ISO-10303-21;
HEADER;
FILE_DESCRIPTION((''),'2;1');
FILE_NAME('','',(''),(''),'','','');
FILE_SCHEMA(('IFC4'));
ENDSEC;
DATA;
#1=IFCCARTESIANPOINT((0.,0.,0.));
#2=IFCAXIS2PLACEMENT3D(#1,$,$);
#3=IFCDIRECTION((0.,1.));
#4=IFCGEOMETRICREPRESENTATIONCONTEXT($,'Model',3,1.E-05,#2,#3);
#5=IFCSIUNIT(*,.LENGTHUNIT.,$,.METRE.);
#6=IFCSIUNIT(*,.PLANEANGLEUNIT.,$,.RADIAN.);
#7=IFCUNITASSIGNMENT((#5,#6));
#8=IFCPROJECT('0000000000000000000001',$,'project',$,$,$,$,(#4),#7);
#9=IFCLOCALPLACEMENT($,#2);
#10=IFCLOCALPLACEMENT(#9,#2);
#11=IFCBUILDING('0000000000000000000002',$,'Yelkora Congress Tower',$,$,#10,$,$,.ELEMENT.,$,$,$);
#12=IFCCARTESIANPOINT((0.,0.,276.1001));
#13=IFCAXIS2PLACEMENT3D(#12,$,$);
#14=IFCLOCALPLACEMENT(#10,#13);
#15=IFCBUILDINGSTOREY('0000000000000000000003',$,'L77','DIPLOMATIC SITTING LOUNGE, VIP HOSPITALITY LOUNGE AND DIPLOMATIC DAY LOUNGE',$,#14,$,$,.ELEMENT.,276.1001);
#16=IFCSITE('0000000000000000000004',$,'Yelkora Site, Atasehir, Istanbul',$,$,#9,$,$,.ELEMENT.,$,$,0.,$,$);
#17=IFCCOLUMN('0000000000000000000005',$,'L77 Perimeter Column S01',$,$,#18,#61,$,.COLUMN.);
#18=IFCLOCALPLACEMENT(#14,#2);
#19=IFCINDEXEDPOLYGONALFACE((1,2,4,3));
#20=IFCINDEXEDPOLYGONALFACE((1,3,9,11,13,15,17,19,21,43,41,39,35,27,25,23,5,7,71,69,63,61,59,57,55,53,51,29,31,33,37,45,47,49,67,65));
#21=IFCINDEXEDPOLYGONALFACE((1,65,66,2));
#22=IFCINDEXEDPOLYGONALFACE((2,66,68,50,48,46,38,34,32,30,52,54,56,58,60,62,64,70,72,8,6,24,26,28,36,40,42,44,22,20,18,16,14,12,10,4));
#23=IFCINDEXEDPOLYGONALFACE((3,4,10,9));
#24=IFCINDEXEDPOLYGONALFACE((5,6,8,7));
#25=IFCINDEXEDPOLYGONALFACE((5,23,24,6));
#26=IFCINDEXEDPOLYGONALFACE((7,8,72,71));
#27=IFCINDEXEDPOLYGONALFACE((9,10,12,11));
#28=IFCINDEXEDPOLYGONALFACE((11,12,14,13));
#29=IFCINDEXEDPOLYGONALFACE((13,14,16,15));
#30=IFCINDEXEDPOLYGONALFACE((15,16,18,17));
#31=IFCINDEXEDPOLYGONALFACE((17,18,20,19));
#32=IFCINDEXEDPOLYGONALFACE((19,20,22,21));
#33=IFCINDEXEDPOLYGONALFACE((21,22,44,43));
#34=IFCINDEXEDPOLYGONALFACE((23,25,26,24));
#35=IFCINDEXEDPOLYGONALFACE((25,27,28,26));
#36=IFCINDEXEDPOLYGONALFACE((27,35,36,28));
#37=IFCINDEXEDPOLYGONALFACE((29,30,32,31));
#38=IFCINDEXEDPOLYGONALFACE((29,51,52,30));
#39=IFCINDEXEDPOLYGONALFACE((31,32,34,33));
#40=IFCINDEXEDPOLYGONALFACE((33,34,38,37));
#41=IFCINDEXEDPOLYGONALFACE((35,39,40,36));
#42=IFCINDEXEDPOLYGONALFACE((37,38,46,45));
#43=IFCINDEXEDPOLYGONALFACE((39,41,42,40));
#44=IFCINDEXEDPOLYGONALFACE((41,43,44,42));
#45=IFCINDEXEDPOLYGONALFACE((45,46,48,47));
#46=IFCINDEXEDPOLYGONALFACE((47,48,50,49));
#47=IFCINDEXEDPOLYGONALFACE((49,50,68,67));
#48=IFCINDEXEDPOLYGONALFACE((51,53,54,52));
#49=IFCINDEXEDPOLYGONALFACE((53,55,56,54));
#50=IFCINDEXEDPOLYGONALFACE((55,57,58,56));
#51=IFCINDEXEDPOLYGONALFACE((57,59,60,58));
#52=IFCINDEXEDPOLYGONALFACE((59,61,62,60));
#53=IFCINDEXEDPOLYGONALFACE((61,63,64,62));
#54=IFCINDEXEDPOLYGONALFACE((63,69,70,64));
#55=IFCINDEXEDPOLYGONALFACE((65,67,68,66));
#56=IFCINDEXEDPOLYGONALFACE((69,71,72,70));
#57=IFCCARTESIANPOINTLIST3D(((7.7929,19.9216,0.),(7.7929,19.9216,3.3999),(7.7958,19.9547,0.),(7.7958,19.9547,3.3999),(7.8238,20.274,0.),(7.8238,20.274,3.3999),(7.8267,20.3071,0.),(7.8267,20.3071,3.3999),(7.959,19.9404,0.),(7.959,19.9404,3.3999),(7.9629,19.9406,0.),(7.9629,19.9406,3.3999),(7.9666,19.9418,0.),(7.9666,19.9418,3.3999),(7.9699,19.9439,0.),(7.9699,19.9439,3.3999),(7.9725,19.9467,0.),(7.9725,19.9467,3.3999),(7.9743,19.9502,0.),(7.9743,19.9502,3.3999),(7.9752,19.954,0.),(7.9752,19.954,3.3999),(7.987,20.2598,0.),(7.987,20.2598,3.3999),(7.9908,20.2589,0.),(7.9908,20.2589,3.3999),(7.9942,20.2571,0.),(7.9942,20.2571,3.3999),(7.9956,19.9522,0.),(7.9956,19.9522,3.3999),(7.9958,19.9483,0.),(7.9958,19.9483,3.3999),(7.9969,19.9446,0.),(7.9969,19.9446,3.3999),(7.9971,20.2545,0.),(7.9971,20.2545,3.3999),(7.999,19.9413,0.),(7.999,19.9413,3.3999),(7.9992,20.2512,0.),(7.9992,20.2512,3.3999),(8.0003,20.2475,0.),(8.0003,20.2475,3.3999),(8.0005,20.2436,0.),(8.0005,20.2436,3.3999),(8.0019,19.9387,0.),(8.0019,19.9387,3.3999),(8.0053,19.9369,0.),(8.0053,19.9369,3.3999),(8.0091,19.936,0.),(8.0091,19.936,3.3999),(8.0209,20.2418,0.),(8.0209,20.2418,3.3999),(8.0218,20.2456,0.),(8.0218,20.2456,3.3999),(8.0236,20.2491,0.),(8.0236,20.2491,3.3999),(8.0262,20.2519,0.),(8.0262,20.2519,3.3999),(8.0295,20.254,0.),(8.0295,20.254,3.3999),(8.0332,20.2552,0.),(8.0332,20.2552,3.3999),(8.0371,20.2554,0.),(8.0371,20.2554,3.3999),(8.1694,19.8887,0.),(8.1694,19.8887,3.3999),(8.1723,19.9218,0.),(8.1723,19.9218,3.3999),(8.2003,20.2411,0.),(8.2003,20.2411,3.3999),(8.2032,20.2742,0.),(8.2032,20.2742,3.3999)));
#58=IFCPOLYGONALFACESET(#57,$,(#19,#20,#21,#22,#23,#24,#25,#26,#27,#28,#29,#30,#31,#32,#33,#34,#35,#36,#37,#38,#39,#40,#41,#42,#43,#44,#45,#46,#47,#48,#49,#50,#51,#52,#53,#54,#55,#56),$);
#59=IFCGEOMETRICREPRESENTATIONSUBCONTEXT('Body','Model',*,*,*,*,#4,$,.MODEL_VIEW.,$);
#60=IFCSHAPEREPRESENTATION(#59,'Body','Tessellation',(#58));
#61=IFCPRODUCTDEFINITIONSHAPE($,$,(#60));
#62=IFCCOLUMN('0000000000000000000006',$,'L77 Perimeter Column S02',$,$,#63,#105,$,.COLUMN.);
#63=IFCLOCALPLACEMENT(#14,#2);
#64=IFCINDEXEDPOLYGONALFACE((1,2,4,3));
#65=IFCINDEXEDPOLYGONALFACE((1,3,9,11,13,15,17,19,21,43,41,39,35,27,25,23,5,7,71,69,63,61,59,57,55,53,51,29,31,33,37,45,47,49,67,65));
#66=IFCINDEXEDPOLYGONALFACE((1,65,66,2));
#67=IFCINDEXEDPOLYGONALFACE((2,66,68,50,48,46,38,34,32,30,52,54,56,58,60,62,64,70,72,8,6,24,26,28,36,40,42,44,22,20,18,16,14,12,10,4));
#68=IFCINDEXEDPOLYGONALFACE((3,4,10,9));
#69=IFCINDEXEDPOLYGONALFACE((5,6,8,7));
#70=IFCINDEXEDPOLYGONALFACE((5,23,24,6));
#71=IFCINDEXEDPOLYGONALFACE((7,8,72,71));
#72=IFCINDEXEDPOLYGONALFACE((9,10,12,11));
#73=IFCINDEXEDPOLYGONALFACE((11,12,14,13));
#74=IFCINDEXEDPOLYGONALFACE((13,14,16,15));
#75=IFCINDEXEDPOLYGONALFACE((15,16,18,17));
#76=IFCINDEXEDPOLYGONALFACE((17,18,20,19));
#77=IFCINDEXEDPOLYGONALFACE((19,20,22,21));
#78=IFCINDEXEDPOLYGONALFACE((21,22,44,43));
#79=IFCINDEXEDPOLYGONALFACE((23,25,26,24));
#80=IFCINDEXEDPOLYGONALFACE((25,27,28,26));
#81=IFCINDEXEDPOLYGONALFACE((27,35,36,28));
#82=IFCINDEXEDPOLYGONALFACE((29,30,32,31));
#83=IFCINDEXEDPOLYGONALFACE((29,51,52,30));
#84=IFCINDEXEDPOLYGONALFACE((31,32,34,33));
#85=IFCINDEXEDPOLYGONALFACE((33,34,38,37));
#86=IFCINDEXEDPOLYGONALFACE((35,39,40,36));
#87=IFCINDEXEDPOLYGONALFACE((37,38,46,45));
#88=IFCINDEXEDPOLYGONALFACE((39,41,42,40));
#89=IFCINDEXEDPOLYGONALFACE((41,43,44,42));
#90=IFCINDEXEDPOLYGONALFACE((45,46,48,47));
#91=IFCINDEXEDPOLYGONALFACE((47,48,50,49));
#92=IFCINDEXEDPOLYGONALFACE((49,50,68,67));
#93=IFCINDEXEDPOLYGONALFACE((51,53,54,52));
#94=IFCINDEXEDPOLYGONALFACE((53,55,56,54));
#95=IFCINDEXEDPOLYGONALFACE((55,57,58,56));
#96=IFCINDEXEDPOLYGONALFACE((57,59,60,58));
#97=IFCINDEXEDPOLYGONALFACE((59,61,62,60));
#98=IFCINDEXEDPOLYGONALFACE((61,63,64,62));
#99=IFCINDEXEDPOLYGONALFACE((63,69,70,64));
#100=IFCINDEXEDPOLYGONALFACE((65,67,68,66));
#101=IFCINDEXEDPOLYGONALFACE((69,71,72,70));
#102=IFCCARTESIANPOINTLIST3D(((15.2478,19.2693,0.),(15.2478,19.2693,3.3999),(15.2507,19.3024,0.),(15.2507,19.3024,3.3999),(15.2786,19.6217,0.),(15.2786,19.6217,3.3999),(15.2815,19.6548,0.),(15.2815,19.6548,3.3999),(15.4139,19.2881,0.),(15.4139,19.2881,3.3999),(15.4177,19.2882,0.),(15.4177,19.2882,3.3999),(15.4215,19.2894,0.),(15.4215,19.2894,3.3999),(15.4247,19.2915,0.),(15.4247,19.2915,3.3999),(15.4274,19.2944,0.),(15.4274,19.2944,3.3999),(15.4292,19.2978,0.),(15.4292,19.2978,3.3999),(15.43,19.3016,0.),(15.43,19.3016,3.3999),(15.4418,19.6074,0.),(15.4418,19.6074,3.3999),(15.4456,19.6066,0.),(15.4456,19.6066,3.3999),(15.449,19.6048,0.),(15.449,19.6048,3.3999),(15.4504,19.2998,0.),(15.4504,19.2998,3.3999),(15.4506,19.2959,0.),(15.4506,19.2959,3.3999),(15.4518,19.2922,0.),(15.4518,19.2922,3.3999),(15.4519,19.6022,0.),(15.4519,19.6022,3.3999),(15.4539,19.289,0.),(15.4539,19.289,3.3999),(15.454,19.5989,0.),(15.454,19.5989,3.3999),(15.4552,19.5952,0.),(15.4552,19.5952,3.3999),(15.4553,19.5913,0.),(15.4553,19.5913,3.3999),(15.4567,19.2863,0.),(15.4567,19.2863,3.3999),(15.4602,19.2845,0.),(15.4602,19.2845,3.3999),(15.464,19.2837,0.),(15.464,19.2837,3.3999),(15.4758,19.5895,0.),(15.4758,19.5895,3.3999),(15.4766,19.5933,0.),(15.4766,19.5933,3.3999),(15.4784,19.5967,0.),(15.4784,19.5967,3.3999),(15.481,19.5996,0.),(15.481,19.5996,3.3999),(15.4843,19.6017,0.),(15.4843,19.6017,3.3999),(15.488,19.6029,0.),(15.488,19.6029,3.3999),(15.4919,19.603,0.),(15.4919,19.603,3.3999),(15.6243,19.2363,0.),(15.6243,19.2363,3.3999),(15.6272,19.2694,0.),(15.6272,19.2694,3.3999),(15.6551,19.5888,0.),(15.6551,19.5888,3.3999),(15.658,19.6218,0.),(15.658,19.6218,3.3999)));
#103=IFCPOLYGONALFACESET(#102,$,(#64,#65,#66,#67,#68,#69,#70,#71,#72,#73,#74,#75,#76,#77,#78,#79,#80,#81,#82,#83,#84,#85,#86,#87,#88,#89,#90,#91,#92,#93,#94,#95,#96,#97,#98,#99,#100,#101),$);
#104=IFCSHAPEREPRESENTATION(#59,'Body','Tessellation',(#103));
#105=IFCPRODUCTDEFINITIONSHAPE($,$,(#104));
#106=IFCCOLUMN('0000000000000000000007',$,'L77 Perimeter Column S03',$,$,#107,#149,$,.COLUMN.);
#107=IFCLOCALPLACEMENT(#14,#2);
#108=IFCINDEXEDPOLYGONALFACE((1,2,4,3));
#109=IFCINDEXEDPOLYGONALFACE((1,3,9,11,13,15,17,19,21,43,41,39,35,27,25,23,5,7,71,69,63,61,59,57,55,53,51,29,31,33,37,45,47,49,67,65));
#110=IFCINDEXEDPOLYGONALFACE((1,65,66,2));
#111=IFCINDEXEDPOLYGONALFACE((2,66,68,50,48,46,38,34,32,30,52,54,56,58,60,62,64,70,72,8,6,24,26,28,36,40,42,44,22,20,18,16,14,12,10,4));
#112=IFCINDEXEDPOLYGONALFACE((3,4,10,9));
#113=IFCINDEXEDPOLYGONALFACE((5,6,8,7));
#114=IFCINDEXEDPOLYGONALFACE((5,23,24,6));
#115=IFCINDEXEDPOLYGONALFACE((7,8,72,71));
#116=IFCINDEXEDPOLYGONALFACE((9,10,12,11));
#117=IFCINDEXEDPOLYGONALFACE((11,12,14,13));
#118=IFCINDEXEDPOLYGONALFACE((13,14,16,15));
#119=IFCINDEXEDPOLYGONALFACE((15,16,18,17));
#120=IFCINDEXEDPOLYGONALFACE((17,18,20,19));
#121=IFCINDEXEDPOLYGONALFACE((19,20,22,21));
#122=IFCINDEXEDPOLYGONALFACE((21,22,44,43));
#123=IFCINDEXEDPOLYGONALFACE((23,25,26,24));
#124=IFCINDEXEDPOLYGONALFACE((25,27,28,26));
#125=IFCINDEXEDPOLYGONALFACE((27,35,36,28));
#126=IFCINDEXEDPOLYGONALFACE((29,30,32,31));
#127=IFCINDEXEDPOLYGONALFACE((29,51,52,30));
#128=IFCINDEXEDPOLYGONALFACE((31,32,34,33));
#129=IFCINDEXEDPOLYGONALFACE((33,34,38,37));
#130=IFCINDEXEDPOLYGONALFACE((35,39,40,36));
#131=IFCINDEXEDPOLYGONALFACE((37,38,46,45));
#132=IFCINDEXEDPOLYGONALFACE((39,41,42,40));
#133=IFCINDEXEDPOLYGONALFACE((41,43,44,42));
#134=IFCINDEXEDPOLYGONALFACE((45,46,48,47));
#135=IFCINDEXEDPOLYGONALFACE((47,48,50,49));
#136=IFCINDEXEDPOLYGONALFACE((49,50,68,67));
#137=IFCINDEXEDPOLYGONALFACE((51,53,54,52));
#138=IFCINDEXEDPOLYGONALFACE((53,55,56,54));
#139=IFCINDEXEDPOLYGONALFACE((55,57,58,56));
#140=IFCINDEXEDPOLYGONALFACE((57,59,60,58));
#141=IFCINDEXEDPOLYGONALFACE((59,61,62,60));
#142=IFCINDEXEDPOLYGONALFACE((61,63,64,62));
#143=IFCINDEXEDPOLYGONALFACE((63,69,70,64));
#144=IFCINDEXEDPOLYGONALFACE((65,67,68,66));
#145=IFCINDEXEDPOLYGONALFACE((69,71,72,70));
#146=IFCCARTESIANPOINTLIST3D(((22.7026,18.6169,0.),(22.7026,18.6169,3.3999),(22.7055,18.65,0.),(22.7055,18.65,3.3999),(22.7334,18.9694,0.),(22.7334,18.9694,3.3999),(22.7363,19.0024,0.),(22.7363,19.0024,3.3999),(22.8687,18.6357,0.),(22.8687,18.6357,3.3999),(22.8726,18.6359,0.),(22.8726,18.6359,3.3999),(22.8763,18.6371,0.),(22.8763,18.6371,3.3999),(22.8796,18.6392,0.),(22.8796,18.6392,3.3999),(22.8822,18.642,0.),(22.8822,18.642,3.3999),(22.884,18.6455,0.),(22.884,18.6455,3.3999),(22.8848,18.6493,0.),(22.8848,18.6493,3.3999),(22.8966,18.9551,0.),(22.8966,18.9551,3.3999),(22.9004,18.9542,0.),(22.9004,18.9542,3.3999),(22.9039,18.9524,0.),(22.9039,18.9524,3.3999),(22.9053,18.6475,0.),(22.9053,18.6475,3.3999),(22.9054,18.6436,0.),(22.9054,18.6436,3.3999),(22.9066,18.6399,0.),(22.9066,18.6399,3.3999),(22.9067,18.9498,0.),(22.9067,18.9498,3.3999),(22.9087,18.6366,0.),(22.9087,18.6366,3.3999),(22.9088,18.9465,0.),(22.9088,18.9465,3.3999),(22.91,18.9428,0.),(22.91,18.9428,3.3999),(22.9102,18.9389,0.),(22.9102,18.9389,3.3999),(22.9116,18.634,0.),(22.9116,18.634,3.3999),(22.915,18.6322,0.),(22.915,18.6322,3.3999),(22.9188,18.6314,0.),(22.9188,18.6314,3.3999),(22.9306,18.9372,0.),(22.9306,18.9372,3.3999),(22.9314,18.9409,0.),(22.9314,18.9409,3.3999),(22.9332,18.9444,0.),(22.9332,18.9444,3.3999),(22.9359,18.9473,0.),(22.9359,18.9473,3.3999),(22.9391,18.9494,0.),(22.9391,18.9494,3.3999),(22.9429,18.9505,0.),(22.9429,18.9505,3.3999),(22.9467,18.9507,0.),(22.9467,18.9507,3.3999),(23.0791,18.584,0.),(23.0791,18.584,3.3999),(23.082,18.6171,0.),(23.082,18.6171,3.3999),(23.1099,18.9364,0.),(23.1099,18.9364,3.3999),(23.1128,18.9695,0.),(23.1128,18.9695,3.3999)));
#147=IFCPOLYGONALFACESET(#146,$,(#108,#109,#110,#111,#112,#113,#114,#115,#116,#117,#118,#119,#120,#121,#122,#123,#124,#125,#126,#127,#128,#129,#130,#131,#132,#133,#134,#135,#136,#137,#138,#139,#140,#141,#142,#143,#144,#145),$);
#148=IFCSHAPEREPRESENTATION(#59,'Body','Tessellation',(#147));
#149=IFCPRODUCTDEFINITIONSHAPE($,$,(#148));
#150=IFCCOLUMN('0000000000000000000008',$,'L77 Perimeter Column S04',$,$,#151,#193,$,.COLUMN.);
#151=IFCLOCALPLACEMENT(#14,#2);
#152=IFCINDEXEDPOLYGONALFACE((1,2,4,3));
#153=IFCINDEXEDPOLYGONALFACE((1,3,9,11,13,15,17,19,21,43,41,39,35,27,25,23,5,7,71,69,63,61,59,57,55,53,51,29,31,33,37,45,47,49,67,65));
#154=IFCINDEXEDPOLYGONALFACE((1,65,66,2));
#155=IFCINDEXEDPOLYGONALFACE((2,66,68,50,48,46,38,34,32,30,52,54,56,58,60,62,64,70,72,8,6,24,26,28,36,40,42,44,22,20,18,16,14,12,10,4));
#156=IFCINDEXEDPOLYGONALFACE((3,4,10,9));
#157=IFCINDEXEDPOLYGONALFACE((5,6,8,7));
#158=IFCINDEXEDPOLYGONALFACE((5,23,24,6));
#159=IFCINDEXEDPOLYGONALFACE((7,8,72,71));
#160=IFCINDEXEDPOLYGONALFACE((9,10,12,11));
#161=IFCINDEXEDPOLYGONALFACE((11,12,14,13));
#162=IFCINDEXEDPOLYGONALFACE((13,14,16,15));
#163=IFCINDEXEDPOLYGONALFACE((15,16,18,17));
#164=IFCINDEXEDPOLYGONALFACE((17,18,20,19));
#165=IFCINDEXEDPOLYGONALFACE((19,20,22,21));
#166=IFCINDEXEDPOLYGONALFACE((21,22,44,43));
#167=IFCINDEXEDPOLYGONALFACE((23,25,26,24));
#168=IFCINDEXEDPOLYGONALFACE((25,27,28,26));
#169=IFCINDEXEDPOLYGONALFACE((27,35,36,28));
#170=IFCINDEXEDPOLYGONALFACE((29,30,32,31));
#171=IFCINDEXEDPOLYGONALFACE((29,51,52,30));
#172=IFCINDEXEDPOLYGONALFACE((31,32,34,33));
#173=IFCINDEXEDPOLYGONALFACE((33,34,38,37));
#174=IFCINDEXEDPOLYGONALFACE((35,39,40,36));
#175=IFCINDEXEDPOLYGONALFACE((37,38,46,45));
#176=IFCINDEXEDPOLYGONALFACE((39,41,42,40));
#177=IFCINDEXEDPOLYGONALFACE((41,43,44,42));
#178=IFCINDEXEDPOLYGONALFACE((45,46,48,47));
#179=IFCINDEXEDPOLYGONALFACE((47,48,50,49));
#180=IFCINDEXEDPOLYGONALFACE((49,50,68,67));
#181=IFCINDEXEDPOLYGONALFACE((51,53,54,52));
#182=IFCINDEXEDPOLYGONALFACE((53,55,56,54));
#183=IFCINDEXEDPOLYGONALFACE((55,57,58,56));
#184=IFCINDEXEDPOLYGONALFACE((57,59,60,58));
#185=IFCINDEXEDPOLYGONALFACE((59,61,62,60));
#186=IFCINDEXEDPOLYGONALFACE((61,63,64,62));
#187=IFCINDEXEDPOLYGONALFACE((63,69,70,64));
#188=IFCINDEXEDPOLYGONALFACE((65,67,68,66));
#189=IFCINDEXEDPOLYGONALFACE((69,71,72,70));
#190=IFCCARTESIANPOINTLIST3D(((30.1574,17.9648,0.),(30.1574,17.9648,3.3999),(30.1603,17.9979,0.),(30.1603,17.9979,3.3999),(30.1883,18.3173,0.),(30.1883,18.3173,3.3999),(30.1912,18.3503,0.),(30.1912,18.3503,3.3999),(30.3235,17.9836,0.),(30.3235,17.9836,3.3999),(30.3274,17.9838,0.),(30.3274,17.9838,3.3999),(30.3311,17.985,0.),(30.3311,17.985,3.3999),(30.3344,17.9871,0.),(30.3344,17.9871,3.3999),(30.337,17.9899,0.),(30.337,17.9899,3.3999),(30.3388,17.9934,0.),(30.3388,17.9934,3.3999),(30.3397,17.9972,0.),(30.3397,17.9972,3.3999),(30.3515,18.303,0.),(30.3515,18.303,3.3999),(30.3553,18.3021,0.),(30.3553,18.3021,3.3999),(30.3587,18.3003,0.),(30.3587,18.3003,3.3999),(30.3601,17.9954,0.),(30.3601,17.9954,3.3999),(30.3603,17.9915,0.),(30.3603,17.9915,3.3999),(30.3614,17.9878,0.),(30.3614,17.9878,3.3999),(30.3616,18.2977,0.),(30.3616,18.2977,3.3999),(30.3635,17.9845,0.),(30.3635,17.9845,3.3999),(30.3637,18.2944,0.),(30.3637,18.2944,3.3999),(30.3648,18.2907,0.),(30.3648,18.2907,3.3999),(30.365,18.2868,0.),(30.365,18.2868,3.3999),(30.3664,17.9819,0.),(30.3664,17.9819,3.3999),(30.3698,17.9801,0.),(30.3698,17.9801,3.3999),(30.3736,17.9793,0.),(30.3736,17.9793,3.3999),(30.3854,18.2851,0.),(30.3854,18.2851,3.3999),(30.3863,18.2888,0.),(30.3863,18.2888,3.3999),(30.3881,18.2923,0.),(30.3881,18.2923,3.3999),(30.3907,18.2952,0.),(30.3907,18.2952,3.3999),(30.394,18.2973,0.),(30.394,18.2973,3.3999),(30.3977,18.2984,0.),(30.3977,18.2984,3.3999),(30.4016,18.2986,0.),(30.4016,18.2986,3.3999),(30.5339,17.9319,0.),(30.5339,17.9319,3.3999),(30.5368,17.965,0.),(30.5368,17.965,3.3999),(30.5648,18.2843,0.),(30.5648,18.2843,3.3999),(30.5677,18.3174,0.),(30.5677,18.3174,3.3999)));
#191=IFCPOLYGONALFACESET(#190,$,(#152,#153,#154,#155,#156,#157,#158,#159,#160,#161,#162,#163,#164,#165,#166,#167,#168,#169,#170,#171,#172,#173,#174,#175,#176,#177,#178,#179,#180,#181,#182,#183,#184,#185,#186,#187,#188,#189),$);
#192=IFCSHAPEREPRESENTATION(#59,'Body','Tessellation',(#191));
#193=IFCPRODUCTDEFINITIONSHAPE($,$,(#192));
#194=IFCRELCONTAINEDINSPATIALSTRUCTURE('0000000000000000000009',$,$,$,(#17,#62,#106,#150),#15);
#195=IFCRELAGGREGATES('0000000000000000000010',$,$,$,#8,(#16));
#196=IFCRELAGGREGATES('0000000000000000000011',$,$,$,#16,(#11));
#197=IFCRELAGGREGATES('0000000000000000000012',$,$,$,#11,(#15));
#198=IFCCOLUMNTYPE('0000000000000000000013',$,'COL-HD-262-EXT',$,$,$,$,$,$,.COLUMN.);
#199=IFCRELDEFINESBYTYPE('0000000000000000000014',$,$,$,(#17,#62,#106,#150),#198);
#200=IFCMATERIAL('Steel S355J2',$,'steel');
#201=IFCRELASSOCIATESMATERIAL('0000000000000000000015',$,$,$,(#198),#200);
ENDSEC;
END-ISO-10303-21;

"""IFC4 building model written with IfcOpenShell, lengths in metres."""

from ifc_helpers import new_model, si_unit, direction, frame, origin, origin_2d, place, context, subcontext, project, spatial, i_section, extrude, material, material_profile, profile_set, type_object, element, save


model = new_model("IFC4")

# Units and contexts
model_context = context("Model", 3, precision=1e-05, world=origin(), true_north=direction((0.0, 1.0)))
body_context = subcontext(model_context, "Body", "Model", "MODEL_VIEW")
ifc_project = project(units=[si_unit("LENGTHUNIT", "METRE"), si_unit("PLANEANGLEUNIT", "RADIAN")], contexts=[model_context])

# Site, building, storey
site_placement = place(None, origin())
site = spatial("IfcSite", under=ifc_project, at=site_placement, Name="Yelkora Site, Atasehir, Istanbul", CompositionType="ELEMENT", RefElevation=0.0)
building_placement = place(site_placement, origin())
building = spatial("IfcBuilding", under=site, at=building_placement, Name="Yelkora Congress Tower", CompositionType="ELEMENT")
storey_placement = place(building_placement, frame((0.0, 0.0, 276.1001)))
storey = spatial("IfcBuildingStorey", under=building, at=storey_placement, Name="L77", Description="DIPLOMATIC SITTING LOUNGE, VIP HOSPITALITY LOUNGE AND DIPLOMATIC DAY LOUNGE", CompositionType="ELEMENT", Elevation=276.1001)

# Columns
ifc_material_1 = material(Name="Steel S355J2", Category="steel")
ifc_material_profile_1 = material_profile(ifc_material_1, i_section(OverallWidth=0.3779, OverallDepth=0.387, WebThickness=0.0205, FlangeThickness=0.0332, FilletRadius=0.0149, at=origin_2d()), Name="HD 360x262")
ifc_profile_set_1 = profile_set([ifc_material_profile_1], Name="Steel S355J2")
column_type = type_object("IfcColumnType", Name="COL-HD-262-EXT", PredefinedType="COLUMN", material=ifc_profile_set_1)
for number, where, z_axis, x_axis, name in (
    (1, (7.998, 20.0979, 0.0), (0.0, 0.0, 1.0), (0.996195, -0.087156, 0.0), "L77 Perimeter Column S01"),
    (2, (15.4529, 19.4456, 0.0), (0.0, 0.0, 1.0), (0.996195, -0.087156, 0.0), "L77 Perimeter Column S02"),
    (3, (22.9077, 18.7932, 0.0), (0.0, 0.0, 1.0), (0.996195, -0.087156, 0.0), "L77 Perimeter Column S03"),
    (4, (30.3625, 18.1411, 0.0), (0.0, 0.0, 1.0), (0.996195, -0.087156, 0.0), "L77 Perimeter Column S04"),
):
    element("IfcColumn", number, at=place(storey_placement, frame(where, z_axis=z_axis, x_axis=x_axis)), inside=storey, type_object=column_type, Name=name, PredefinedType="COLUMN", context=body_context, shape_type="SweptSolid", body=[
        extrude(i_section(OverallWidth=0.3779, OverallDepth=0.387, WebThickness=0.0205, FlangeThickness=0.0332, FilletRadius=0.0149, at=origin_2d()), origin(), (0.0, 0.0, 1.0), 3.3999),
    ])

save(model, "model.ifc")
